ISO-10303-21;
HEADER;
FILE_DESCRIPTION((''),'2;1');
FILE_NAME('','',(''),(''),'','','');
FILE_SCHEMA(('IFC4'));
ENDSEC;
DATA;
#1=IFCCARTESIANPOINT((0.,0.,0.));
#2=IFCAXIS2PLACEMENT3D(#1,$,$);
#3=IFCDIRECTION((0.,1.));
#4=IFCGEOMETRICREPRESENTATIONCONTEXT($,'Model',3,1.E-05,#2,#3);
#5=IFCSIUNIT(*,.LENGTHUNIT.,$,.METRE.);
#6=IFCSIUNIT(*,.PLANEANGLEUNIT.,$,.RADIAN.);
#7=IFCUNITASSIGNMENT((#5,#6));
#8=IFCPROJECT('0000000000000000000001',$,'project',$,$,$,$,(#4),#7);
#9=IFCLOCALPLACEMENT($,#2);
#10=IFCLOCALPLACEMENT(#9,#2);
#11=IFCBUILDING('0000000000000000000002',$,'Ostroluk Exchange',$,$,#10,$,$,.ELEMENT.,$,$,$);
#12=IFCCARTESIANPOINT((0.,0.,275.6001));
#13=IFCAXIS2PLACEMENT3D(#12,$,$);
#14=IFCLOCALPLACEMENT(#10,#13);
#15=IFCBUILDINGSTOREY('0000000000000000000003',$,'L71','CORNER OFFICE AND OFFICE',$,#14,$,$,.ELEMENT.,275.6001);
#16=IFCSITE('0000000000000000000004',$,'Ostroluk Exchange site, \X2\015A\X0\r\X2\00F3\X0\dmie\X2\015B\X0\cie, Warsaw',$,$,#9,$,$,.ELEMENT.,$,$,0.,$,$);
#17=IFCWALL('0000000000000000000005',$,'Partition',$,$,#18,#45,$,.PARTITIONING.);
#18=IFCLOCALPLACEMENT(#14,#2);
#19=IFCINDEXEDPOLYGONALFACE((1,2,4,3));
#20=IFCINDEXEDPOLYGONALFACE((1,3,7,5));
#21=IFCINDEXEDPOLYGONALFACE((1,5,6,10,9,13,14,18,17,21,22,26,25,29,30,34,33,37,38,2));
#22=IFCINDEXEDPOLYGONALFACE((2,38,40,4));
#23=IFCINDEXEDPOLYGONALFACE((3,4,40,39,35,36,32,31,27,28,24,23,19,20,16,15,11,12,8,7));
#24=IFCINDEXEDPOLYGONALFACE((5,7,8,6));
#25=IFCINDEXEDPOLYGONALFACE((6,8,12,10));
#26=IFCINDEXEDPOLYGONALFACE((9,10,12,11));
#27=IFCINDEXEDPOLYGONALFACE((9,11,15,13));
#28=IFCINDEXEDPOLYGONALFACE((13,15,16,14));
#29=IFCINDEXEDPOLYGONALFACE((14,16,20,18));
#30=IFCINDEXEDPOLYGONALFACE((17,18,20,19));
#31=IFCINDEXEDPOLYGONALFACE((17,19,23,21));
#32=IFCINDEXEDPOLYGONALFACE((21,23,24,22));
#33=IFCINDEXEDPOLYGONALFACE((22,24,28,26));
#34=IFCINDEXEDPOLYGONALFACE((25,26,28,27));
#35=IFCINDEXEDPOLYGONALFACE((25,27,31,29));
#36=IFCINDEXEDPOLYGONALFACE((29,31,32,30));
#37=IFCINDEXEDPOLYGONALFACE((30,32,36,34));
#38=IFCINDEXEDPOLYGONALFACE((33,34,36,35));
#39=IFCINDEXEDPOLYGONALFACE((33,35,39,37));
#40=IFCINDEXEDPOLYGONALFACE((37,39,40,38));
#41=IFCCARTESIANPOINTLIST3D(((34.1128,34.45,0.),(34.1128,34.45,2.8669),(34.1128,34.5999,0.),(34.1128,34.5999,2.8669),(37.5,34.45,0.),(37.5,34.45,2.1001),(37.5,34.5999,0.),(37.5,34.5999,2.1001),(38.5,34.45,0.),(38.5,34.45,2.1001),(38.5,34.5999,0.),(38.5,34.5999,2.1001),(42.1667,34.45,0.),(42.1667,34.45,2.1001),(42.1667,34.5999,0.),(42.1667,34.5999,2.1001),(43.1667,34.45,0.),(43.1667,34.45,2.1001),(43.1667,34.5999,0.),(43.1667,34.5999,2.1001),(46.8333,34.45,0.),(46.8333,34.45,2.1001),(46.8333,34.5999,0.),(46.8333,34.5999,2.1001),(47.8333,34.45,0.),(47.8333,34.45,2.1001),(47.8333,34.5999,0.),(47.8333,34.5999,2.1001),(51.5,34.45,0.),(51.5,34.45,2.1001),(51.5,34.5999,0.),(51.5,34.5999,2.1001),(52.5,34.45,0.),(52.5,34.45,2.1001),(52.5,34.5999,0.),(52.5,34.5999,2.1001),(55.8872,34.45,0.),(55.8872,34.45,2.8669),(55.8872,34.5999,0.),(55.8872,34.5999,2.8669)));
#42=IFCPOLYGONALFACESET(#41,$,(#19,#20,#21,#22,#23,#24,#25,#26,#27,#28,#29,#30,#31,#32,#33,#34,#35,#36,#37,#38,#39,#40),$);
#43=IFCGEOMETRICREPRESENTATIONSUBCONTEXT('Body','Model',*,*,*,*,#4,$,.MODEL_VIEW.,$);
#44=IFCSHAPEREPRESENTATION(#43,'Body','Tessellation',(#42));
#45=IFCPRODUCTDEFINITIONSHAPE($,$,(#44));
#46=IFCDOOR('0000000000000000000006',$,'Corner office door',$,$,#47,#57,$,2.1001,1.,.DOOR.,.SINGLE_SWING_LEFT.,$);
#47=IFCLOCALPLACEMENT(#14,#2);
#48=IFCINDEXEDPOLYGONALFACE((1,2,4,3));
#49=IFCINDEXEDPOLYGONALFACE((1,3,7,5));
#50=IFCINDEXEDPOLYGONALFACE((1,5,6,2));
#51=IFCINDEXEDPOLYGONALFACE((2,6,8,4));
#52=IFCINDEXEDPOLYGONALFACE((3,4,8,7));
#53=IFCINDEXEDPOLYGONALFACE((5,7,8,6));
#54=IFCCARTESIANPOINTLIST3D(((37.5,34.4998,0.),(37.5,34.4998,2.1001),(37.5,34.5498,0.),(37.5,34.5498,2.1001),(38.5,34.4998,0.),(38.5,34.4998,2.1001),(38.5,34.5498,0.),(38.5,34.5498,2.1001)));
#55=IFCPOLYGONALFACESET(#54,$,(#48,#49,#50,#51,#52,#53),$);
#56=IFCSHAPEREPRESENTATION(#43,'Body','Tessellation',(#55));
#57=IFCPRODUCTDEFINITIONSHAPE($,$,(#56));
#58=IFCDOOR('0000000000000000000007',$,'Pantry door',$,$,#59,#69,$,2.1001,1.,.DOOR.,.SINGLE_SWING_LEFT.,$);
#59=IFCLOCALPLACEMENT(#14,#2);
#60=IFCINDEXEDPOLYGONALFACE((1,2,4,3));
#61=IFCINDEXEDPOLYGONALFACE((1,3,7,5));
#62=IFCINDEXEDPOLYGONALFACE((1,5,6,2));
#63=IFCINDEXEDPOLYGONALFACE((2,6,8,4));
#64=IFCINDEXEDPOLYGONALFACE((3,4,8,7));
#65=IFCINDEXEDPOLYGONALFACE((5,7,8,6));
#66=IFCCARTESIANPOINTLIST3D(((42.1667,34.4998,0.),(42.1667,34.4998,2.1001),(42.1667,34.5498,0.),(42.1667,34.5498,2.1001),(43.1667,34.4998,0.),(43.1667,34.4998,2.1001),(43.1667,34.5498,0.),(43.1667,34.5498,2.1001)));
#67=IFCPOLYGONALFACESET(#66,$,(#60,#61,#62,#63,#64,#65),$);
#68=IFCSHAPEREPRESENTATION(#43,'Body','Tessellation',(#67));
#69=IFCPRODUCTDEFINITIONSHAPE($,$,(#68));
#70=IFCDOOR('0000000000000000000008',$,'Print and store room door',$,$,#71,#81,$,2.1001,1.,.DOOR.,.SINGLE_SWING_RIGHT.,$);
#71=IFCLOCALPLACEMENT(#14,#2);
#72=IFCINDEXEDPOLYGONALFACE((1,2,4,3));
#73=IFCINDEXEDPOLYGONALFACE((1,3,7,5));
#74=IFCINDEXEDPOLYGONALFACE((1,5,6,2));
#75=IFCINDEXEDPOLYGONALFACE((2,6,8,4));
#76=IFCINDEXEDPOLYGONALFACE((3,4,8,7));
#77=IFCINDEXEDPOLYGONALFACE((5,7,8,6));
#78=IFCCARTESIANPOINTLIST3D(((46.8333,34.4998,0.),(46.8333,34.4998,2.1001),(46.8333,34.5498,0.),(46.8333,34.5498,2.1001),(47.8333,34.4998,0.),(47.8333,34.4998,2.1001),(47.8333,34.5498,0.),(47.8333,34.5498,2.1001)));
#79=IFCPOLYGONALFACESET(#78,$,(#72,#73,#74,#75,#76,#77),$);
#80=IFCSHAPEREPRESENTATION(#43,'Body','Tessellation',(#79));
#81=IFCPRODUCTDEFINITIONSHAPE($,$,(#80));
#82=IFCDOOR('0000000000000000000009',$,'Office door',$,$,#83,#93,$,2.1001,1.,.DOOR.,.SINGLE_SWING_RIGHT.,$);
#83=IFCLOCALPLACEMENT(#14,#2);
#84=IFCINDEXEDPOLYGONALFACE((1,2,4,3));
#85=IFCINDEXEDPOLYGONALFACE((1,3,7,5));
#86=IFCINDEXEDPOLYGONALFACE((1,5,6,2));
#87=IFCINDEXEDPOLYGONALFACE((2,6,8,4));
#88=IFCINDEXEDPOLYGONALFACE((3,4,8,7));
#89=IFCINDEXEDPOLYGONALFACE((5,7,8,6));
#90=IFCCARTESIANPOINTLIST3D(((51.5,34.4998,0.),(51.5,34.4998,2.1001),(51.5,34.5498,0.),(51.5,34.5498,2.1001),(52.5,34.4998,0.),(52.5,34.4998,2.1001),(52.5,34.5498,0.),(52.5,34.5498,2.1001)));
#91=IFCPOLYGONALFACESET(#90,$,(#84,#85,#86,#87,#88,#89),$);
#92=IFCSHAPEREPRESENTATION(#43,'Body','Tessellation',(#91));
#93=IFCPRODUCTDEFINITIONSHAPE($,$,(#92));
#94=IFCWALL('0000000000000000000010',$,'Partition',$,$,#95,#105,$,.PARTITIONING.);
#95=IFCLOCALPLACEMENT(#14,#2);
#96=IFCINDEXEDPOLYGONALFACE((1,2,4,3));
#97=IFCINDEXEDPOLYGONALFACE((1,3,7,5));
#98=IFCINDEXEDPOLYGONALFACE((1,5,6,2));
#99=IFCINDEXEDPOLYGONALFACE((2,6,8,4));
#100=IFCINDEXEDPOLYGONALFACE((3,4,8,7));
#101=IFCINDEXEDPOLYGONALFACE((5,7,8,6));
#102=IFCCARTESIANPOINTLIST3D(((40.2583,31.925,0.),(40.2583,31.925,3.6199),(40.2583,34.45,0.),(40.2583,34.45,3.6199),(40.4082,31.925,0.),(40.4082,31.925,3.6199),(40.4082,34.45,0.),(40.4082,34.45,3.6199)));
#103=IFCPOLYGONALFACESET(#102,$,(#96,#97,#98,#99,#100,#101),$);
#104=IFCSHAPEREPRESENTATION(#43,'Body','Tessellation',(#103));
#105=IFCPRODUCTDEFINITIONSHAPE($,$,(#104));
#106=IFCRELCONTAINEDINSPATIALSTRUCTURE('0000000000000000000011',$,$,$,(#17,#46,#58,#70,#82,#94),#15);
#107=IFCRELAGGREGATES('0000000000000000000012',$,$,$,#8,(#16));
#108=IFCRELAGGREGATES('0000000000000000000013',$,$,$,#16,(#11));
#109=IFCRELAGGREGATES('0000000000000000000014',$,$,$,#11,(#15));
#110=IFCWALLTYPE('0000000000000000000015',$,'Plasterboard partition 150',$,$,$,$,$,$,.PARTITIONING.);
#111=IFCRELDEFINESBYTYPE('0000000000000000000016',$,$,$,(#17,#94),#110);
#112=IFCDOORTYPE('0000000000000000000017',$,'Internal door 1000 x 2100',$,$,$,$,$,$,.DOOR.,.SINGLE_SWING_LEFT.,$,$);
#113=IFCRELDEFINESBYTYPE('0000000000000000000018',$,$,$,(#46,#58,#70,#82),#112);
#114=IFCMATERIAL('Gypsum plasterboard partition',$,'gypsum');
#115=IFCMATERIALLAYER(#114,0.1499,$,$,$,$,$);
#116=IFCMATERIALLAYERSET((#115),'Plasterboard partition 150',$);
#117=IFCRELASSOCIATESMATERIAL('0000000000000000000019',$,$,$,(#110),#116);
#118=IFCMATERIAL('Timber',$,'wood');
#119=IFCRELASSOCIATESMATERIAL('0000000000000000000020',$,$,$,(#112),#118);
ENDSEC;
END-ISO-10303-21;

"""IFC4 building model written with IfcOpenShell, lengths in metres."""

from ifc_helpers import new_model, si_unit, direction, frame, frame_2d, origin, place, context, subcontext, project, spatial, rectangle, extrude, material, layer, layer_set, type_object, element, fill, save


model = new_model("IFC4")

# Units and contexts
model_context = context("Model", 3, precision=1e-05, world=origin(), true_north=direction((0.0, 1.0)))
body_context = subcontext(model_context, "Body", "Model", "MODEL_VIEW")
ifc_project = project(units=[si_unit("LENGTHUNIT", "METRE"), si_unit("PLANEANGLEUNIT", "RADIAN")], contexts=[model_context])

# Site, building, storey
site_placement = place(None, origin())
site = spatial("IfcSite", under=ifc_project, at=site_placement, Name="Ostroluk Exchange site, Śródmieście, Warsaw", CompositionType="ELEMENT", RefElevation=0.0)
building_placement = place(site_placement, origin())
building = spatial("IfcBuilding", under=site, at=building_placement, Name="Ostroluk Exchange", CompositionType="ELEMENT")
storey_placement = place(building_placement, frame((0.0, 0.0, 275.6001)))
storey = spatial("IfcBuildingStorey", under=building, at=storey_placement, Name="L71", Description="CORNER OFFICE AND OFFICE", CompositionType="ELEMENT", Elevation=275.6001)

# Wall, openings, doors
ifc_material_1 = material(Name="Gypsum plasterboard partition", Category="gypsum")
ifc_layer_1 = layer(ifc_material_1, 0.1499)
ifc_layer_set_1 = layer_set([ifc_layer_1], Name="Plasterboard partition 150")
wall_type_1 = type_object("IfcWallType", Name="Plasterboard partition 150", PredefinedType="PARTITIONING", material=ifc_layer_set_1)
wall_1_placement = place(storey_placement, frame((34.1128, 34.5249, 0.0), z_axis=(0.0, 0.0, 1.0), x_axis=(1.0, 0.0, 0.0)))
wall_1 = element("IfcWall", 1, at=wall_1_placement, inside=storey, type_object=wall_type_1, Name="Partition", PredefinedType="PARTITIONING", context=body_context, shape_type="SweptSolid", body=[
    extrude(rectangle(XDim=21.7744, YDim=0.1499, at=frame_2d((10.8872, 0.0))), origin(), (0.0, 0.0, 1.0), 2.8669),
])
opening_1_placement = place(wall_1_placement, frame((3.3872, 0.0, 0.0)))
opening_1 = element("IfcOpeningElement", 2, at=opening_1_placement, cuts=wall_1, PredefinedType="OPENING", context=body_context, shape_type="SweptSolid", body=[
    extrude(rectangle(XDim=1.0, YDim=2.1001, at=frame_2d((0.5, 1.05))), frame((0.0, 0.085, 0.0), z_axis=(0.0, -1.0, 0.0), x_axis=(1.0, 0.0, 0.0)), (0.0, 0.0, 1.0), 0.1699),
])
opening_2_placement = place(wall_1_placement, frame((8.054, 0.0, 0.0)))
opening_2 = element("IfcOpeningElement", 3, at=opening_2_placement, cuts=wall_1, PredefinedType="OPENING", context=body_context, shape_type="SweptSolid", body=[
    extrude(rectangle(XDim=1.0, YDim=2.1001, at=frame_2d((0.5, 1.05))), frame((0.0, 0.085, 0.0), z_axis=(0.0, -1.0, 0.0), x_axis=(1.0, 0.0, 0.0)), (0.0, 0.0, 1.0), 0.1699),
])
opening_3_placement = place(wall_1_placement, frame((12.7205, 0.0, 0.0)))
opening_3 = element("IfcOpeningElement", 4, at=opening_3_placement, cuts=wall_1, PredefinedType="OPENING", context=body_context, shape_type="SweptSolid", body=[
    extrude(rectangle(XDim=1.0, YDim=2.1001, at=frame_2d((0.5, 1.05))), frame((0.0, 0.085, 0.0), z_axis=(0.0, -1.0, 0.0), x_axis=(1.0, 0.0, 0.0)), (0.0, 0.0, 1.0), 0.1699),
])
opening_4_placement = place(wall_1_placement, frame((17.3872, 0.0, 0.0)))
opening_4 = element("IfcOpeningElement", 5, at=opening_4_placement, cuts=wall_1, PredefinedType="OPENING", context=body_context, shape_type="SweptSolid", body=[
    extrude(rectangle(XDim=1.0, YDim=2.1001, at=frame_2d((0.5, 1.05))), frame((0.0, 0.085, 0.0), z_axis=(0.0, -1.0, 0.0), x_axis=(1.0, 0.0, 0.0)), (0.0, 0.0, 1.0), 0.1699),
])
ifc_material_2 = material(Name="Timber", Category="wood")
door_type_1 = type_object("IfcDoorType", Name="Internal door 1000 x 2100", OperationType="SINGLE_SWING_LEFT", PredefinedType="DOOR", material=ifc_material_2)
door_1_placement = place(opening_1_placement, origin())
door_1 = element("IfcDoor", 6, at=door_1_placement, inside=storey, type_object=door_type_1, Name="Corner office door", OperationType="SINGLE_SWING_LEFT", OverallHeight=2.1001, OverallWidth=1.0, PredefinedType="DOOR", context=body_context, shape_type="SweptSolid", body=[
    extrude(rectangle(XDim=1.0, YDim=2.1001, at=frame_2d((0.5, 1.05))), frame((0.0, 0.0249, 0.0), z_axis=(0.0, -1.0, 0.0), x_axis=(1.0, 0.0, 0.0)), (0.0, 0.0, 1.0), 0.05),
])
fill(opening_1, door_1)
door_2_placement = place(opening_2_placement, origin())
door_2 = element("IfcDoor", 7, at=door_2_placement, inside=storey, type_object=door_type_1, Name="Pantry door", OperationType="SINGLE_SWING_LEFT", OverallHeight=2.1001, OverallWidth=1.0, PredefinedType="DOOR", context=body_context, shape_type="SweptSolid", body=[
    extrude(rectangle(XDim=1.0, YDim=2.1001, at=frame_2d((0.5, 1.05))), frame((0.0, 0.0249, 0.0), z_axis=(0.0, -1.0, 0.0), x_axis=(1.0, 0.0, 0.0)), (0.0, 0.0, 1.0), 0.05),
])
fill(opening_2, door_2)
door_3_placement = place(opening_3_placement, origin())
door_3 = element("IfcDoor", 8, at=door_3_placement, inside=storey, type_object=door_type_1, Name="Print and store room door", OperationType="SINGLE_SWING_RIGHT", OverallHeight=2.1001, OverallWidth=1.0, PredefinedType="DOOR", context=body_context, shape_type="SweptSolid", body=[
    extrude(rectangle(XDim=1.0, YDim=2.1001, at=frame_2d((0.5, 1.05))), frame((0.0, 0.0249, 0.0), z_axis=(0.0, -1.0, 0.0), x_axis=(1.0, 0.0, 0.0)), (0.0, 0.0, 1.0), 0.05),
])
fill(opening_3, door_3)
door_4_placement = place(opening_4_placement, origin())
door_4 = element("IfcDoor", 9, at=door_4_placement, inside=storey, type_object=door_type_1, Name="Office door", OperationType="SINGLE_SWING_RIGHT", OverallHeight=2.1001, OverallWidth=1.0, PredefinedType="DOOR", context=body_context, shape_type="SweptSolid", body=[
    extrude(rectangle(XDim=1.0, YDim=2.1001, at=frame_2d((0.5, 1.05))), frame((0.0, 0.0249, 0.0), z_axis=(0.0, -1.0, 0.0), x_axis=(1.0, 0.0, 0.0)), (0.0, 0.0, 1.0), 0.05),
])
fill(opening_4, door_4)

# Wall
wall_2_placement = place(storey_placement, frame((40.3333, 34.45, 0.0), z_axis=(0.0, 0.0, 1.0), x_axis=(0.0, -1.0, 0.0)))
element("IfcWall", 10, at=wall_2_placement, inside=storey, type_object=wall_type_1, Name="Partition", PredefinedType="PARTITIONING", context=body_context, shape_type="SweptSolid", body=[
    extrude(rectangle(XDim=2.5249, YDim=0.1499, at=frame_2d((1.2625, 0.0))), origin(), (0.0, 0.0, 1.0), 3.6199),
])

save(model, "model.ifc")
